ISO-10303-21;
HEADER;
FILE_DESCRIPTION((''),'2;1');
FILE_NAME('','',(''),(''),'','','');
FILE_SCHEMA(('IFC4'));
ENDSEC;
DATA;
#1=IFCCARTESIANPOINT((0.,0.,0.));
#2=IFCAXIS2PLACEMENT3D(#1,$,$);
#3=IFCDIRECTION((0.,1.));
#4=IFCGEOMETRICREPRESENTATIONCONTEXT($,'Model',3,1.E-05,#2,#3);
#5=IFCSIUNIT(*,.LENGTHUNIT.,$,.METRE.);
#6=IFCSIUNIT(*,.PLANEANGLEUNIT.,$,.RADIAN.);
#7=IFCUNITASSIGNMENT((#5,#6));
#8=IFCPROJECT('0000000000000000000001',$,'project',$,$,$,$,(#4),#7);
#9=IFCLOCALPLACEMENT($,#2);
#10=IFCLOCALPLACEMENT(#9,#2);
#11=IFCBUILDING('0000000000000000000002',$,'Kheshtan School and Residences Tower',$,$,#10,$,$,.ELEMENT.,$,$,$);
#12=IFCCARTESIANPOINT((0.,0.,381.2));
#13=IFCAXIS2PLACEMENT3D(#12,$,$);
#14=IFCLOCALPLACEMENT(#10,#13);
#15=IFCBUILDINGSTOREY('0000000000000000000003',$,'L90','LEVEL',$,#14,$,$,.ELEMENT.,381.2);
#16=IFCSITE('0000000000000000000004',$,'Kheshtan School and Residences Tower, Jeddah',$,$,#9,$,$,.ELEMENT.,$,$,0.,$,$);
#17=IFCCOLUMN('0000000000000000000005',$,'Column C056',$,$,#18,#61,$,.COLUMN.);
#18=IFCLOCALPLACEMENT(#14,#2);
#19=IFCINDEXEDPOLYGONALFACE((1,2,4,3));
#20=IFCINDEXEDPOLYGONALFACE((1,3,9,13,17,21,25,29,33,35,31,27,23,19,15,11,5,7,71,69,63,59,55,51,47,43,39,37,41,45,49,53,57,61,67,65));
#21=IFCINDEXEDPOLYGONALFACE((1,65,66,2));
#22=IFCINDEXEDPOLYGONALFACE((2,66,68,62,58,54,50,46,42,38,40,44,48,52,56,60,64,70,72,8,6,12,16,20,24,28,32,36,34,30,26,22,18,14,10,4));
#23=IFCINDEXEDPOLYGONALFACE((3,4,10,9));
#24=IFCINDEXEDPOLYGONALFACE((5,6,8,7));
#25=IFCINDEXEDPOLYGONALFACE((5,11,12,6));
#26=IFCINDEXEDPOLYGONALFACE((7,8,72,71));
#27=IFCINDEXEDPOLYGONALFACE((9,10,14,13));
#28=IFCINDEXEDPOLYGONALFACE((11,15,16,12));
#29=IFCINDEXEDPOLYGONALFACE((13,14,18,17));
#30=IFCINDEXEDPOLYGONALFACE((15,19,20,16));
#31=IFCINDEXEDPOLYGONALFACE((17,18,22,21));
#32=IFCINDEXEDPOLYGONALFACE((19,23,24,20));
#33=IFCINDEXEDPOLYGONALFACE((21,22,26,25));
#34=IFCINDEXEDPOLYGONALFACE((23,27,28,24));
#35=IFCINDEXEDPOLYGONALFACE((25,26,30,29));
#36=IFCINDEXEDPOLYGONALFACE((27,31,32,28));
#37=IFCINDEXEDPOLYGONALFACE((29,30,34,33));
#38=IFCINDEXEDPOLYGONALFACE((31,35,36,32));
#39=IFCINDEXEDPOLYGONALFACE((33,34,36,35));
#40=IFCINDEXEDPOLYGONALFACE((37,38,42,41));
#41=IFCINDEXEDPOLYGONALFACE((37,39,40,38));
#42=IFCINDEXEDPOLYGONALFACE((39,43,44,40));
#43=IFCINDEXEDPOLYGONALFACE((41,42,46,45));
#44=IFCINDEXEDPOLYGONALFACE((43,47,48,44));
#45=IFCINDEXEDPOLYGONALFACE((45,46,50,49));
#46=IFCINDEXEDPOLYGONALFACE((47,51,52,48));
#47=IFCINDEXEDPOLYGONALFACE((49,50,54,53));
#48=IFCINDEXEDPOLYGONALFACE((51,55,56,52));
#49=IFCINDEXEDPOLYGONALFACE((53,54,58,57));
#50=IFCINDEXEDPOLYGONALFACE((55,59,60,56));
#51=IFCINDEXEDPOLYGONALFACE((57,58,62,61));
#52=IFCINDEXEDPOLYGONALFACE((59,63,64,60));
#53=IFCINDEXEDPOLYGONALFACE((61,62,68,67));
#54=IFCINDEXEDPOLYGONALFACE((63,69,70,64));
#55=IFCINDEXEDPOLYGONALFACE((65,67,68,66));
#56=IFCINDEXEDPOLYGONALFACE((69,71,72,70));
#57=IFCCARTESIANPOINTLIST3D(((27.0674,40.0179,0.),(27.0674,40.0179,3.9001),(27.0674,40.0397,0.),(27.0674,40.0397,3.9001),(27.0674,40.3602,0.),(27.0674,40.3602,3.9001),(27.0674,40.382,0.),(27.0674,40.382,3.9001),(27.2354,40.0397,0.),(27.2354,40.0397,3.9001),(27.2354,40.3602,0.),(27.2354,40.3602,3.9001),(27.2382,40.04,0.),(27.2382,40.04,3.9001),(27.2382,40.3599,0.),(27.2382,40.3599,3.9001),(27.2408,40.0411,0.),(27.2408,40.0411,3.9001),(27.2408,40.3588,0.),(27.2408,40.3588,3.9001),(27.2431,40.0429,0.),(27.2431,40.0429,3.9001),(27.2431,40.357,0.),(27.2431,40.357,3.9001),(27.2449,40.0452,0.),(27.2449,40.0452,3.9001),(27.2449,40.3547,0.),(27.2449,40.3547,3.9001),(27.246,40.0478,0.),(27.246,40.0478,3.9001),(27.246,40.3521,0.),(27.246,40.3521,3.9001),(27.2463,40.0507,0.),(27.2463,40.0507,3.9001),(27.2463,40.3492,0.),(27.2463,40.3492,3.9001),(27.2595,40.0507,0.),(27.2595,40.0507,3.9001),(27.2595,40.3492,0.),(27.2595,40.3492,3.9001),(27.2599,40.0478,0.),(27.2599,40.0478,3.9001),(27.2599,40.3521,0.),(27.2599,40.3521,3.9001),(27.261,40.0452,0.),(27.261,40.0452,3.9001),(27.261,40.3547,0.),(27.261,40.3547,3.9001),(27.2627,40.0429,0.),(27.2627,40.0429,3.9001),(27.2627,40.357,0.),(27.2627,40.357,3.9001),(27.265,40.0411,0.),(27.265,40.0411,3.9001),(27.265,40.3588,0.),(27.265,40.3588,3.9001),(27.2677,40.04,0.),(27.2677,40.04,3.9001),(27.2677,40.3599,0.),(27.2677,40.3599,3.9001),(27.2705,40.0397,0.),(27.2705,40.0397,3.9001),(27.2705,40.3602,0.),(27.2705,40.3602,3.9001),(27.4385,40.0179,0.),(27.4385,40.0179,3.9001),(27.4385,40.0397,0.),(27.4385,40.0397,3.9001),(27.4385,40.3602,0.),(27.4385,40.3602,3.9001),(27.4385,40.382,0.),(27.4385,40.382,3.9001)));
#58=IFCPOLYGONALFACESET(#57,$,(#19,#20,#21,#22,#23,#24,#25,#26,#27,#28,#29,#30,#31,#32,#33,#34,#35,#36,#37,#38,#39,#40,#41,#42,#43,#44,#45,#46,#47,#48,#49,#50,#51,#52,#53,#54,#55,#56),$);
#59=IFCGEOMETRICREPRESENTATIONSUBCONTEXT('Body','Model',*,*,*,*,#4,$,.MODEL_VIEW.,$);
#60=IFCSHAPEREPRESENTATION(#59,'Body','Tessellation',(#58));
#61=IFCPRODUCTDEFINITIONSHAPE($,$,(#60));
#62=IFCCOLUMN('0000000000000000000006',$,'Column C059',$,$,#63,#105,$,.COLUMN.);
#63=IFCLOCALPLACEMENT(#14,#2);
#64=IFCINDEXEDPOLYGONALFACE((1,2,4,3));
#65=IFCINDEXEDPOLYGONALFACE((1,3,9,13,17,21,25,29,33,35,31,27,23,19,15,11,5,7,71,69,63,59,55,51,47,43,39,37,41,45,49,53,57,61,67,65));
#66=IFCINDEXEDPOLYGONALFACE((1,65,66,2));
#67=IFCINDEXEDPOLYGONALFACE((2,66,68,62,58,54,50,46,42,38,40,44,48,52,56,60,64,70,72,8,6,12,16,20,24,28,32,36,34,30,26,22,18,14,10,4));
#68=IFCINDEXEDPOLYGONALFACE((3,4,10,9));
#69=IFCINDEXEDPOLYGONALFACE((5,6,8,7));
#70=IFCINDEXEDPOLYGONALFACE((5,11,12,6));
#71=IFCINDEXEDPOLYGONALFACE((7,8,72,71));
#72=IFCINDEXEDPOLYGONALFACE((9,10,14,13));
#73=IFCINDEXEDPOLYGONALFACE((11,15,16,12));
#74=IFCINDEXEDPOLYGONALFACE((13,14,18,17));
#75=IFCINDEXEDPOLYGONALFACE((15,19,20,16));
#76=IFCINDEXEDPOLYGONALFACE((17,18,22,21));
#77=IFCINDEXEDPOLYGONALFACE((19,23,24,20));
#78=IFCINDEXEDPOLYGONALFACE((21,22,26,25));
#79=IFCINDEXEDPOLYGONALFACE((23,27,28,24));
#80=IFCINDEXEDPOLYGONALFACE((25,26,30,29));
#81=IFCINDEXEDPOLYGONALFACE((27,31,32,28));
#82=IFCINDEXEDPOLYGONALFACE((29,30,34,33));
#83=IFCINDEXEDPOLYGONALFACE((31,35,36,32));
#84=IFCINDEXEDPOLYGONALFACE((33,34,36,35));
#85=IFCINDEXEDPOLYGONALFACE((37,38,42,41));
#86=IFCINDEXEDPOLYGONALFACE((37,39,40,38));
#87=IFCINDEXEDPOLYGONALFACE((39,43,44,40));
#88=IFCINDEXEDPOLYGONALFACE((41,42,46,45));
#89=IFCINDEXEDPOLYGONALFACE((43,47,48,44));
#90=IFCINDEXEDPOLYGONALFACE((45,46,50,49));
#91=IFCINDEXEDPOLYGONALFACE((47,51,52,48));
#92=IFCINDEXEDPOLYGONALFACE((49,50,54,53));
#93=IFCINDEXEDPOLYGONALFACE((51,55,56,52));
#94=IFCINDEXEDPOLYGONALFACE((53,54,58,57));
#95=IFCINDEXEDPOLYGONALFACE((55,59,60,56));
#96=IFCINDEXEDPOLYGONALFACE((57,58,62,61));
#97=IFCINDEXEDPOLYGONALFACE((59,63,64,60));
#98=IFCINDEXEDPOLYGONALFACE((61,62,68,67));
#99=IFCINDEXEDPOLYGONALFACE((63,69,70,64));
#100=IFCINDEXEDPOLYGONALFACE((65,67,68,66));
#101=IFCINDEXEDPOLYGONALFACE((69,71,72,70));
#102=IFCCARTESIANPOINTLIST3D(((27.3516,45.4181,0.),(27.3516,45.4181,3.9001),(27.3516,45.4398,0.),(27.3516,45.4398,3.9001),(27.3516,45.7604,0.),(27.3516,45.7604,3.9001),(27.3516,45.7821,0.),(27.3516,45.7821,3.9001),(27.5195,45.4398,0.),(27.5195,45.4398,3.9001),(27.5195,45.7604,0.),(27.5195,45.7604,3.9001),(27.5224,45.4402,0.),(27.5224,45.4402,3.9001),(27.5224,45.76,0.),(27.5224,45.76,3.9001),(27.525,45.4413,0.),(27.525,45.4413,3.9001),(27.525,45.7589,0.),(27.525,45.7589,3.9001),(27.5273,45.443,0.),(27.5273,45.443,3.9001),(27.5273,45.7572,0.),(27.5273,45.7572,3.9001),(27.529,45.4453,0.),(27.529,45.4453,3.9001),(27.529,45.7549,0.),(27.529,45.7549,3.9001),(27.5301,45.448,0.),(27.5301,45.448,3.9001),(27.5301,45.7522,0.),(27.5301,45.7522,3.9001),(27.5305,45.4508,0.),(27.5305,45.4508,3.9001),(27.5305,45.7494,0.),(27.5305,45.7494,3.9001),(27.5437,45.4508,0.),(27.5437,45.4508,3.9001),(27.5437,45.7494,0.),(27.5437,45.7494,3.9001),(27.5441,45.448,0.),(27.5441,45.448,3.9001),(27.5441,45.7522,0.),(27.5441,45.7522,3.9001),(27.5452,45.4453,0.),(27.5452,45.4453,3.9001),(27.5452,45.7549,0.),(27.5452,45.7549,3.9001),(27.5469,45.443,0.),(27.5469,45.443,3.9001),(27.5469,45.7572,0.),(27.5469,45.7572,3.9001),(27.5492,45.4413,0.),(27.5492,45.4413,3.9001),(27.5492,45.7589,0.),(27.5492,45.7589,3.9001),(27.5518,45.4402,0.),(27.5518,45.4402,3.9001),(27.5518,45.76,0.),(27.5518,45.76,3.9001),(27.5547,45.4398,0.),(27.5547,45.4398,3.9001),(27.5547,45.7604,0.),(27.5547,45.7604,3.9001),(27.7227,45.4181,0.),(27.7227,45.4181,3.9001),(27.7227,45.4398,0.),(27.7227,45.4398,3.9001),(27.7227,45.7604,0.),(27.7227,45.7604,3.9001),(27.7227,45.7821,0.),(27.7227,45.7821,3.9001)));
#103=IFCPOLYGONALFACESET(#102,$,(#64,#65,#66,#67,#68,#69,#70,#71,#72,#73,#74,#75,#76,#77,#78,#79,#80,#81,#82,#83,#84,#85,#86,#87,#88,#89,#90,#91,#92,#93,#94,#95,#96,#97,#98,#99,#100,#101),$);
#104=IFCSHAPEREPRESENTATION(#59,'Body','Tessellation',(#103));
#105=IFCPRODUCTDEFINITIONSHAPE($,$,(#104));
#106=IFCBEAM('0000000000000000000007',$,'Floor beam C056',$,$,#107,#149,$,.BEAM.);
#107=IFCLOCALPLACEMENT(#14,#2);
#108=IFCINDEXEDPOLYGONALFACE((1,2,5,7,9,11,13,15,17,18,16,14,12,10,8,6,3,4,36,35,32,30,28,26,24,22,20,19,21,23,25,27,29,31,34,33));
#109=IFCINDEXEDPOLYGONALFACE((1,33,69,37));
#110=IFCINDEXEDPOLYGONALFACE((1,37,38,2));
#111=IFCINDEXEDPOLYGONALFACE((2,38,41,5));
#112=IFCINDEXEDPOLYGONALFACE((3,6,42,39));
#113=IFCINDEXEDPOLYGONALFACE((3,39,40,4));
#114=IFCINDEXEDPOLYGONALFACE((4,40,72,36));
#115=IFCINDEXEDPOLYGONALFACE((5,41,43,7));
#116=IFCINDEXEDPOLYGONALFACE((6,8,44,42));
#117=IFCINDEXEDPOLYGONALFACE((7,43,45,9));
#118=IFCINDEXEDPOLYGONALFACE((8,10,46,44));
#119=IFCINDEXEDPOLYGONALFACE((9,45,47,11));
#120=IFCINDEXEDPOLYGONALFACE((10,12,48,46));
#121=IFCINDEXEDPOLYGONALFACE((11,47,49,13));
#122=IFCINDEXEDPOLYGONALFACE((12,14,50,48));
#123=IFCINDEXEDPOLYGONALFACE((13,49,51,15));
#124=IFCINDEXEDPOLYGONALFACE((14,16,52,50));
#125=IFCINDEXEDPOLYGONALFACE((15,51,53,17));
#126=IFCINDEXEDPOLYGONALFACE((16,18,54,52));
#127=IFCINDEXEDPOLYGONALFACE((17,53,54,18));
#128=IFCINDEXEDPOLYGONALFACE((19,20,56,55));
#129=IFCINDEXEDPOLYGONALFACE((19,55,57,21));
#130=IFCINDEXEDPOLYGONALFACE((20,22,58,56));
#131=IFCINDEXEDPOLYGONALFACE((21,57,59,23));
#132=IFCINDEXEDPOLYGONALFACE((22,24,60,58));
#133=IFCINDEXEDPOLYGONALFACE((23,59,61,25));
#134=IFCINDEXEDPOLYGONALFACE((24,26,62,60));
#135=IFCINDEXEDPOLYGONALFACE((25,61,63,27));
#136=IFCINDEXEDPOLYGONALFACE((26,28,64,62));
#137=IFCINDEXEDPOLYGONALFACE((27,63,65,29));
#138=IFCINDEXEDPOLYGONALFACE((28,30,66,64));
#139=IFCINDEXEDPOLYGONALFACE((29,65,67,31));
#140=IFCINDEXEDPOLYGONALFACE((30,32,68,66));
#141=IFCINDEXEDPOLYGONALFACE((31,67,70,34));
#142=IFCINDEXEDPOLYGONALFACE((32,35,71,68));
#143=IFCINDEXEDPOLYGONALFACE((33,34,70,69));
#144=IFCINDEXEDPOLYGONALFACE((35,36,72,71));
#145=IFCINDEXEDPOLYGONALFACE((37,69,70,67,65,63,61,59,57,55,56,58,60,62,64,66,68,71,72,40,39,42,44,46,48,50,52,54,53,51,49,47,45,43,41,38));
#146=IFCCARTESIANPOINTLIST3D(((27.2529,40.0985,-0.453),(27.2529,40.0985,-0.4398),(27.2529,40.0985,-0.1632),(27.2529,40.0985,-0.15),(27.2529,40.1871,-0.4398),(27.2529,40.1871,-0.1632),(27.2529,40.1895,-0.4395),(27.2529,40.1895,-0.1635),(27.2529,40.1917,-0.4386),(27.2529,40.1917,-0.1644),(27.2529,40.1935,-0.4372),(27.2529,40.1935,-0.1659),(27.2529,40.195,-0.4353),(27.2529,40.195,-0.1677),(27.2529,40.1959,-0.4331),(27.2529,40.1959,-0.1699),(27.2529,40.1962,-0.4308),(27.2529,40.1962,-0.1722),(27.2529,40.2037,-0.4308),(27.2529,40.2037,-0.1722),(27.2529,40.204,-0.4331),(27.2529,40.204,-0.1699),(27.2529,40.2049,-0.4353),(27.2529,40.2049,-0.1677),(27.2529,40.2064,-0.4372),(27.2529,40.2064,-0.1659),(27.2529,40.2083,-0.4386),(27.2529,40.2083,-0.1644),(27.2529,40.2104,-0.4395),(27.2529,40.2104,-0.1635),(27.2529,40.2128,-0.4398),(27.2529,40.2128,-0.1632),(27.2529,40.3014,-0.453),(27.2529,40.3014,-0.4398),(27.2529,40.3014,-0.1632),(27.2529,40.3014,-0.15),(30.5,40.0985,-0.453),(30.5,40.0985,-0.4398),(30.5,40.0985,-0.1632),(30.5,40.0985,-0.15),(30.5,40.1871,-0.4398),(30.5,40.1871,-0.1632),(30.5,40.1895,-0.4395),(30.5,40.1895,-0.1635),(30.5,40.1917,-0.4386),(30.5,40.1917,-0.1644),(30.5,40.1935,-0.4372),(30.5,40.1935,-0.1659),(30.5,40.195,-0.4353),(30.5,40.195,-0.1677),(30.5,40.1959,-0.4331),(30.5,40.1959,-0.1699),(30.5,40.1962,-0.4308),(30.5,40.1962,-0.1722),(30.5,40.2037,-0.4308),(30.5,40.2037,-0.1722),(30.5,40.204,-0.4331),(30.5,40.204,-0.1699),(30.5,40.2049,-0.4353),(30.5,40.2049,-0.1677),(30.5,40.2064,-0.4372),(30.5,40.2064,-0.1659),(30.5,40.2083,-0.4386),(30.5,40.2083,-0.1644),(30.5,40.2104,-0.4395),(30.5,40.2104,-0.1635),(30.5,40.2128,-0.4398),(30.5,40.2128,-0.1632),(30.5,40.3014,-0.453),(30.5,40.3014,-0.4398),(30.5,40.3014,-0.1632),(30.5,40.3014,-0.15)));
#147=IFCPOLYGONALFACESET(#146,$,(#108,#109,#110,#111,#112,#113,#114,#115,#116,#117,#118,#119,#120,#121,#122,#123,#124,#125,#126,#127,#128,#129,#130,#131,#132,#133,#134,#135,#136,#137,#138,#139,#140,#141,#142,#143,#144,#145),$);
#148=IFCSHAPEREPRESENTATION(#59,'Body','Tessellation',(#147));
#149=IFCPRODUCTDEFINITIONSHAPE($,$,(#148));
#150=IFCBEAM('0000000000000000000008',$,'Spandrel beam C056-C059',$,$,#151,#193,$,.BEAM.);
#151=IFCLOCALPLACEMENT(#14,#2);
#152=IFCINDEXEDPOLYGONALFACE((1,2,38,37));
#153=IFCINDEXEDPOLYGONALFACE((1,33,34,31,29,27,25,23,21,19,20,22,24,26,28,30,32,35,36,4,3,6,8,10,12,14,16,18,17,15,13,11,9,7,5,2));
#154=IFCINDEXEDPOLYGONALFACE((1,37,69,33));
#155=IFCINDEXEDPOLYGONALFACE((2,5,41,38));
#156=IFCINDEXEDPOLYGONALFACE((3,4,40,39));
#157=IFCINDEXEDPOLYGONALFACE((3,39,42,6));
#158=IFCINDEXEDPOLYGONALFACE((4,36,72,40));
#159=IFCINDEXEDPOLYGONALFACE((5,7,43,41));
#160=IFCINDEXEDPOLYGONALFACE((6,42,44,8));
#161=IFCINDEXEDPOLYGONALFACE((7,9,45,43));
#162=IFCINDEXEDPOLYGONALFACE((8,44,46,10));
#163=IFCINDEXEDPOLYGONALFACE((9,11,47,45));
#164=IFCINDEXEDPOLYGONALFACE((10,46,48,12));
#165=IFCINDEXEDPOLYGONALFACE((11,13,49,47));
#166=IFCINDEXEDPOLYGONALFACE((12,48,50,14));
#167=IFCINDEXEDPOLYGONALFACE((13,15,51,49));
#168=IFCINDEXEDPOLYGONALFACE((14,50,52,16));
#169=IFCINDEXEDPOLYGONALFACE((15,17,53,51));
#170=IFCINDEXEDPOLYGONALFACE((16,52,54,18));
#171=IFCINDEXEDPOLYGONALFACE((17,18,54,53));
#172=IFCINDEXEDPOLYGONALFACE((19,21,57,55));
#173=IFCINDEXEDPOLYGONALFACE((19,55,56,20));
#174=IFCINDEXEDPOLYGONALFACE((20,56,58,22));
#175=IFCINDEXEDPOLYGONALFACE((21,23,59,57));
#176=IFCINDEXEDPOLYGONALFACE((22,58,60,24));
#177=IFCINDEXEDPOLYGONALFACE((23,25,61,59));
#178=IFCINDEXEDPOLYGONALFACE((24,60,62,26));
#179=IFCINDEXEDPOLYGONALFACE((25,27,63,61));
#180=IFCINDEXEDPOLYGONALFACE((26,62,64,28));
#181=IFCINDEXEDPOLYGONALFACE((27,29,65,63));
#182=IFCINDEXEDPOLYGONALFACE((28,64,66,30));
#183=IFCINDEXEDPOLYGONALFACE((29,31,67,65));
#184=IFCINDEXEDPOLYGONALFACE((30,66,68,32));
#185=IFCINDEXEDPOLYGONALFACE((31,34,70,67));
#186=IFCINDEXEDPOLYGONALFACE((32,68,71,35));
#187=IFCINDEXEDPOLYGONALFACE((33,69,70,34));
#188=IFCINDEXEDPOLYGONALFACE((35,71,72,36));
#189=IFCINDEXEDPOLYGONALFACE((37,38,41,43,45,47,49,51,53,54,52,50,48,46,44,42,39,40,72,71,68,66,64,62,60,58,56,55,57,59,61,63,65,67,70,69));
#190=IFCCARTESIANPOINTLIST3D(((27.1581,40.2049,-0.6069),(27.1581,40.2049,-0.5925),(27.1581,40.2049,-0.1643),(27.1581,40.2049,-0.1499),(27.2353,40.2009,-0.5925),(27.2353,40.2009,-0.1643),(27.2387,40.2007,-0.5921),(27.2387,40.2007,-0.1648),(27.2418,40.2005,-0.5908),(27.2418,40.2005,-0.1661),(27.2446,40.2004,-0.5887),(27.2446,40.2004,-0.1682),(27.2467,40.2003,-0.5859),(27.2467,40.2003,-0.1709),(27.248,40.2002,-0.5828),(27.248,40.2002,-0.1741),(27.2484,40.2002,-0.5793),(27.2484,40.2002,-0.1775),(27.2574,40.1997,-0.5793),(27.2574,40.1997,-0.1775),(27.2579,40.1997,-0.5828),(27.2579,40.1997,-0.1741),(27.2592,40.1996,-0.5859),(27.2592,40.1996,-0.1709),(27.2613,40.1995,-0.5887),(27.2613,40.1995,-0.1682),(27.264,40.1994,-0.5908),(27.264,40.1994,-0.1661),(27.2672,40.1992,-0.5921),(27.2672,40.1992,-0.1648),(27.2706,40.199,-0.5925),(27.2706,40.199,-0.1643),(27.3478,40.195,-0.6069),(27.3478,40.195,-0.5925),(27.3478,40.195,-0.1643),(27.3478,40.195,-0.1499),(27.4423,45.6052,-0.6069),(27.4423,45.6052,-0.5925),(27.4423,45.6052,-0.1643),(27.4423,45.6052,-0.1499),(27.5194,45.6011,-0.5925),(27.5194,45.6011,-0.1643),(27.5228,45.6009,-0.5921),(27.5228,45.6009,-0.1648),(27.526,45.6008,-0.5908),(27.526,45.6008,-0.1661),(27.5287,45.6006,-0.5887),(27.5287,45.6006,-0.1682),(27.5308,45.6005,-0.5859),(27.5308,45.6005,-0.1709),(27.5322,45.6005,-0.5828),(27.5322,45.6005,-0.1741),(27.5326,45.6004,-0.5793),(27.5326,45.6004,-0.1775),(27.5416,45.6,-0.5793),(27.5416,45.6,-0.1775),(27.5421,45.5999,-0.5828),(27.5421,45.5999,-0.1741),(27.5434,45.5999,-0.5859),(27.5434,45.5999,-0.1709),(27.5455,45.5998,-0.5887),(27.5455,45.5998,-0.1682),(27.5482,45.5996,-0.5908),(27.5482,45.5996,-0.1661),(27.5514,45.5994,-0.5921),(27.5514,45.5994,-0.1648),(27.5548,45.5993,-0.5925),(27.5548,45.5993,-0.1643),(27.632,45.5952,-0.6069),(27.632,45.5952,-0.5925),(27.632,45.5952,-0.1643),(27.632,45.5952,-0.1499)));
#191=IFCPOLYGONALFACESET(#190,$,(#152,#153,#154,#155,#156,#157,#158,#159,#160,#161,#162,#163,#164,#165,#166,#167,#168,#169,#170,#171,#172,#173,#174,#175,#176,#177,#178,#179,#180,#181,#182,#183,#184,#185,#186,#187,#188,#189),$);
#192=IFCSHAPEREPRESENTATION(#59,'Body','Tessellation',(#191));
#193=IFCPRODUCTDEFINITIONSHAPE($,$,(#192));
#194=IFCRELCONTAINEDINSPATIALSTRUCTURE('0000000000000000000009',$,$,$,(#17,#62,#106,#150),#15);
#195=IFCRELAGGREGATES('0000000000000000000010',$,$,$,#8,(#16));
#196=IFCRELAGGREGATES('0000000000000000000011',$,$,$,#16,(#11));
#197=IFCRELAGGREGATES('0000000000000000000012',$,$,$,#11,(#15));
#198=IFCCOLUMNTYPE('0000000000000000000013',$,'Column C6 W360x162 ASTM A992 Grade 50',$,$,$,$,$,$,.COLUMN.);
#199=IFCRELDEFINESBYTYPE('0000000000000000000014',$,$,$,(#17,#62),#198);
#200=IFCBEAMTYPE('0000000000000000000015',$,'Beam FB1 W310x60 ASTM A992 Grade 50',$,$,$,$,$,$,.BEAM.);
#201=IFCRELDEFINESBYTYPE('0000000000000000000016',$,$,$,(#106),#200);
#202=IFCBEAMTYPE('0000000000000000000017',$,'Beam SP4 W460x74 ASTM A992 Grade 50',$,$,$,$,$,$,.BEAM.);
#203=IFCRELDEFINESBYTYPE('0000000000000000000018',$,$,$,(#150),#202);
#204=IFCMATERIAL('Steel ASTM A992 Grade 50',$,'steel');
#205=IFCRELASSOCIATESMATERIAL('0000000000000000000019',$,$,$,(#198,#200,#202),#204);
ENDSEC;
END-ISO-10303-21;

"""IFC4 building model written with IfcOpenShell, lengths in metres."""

from ifc_helpers import new_model, si_unit, direction, frame, origin, origin_2d, place, context, subcontext, project, spatial, i_section, extrude, material, material_profile, profile_set, type_object, element, save


model = new_model("IFC4")

# Units and contexts
model_context = context("Model", 3, precision=1e-05, world=origin(), true_north=direction((0.0, 1.0)))
body_context = subcontext(model_context, "Body", "Model", "MODEL_VIEW")
ifc_project = project(units=[si_unit("LENGTHUNIT", "METRE"), si_unit("PLANEANGLEUNIT", "RADIAN")], contexts=[model_context])

# Site, building, storey
site_placement = place(None, origin())
site = spatial("IfcSite", under=ifc_project, at=site_placement, Name="Kheshtan School and Residences Tower, Jeddah", CompositionType="ELEMENT", RefElevation=0.0)
building_placement = place(site_placement, origin())
building = spatial("IfcBuilding", under=site, at=building_placement, Name="Kheshtan School and Residences Tower", CompositionType="ELEMENT")
storey_placement = place(building_placement, frame((0.0, 0.0, 381.2)))
storey = spatial("IfcBuildingStorey", under=building, at=storey_placement, Name="L90", Description="LEVEL", CompositionType="ELEMENT", Elevation=381.2)

# Columns
ifc_material_1 = material(Name="Steel ASTM A992 Grade 50", Category="steel")
ifc_material_profile_1 = material_profile(ifc_material_1, i_section(OverallWidth=0.3711, OverallDepth=0.364, WebThickness=0.0132, FlangeThickness=0.0217, FilletRadius=0.011, at=origin_2d()), Name="W360x162")
ifc_profile_set_1 = profile_set([ifc_material_profile_1], Name="Steel ASTM A992 Grade 50")
column_type = type_object("IfcColumnType", Name="Column C6 W360x162 ASTM A992 Grade 50", PredefinedType="COLUMN", material=ifc_profile_set_1)
for number, where, z_axis, x_axis, name in (
    (1, (27.2529, 40.2, 0.0), (0.0, 0.0, 1.0), (1.0, 0.0, 0.0), "Column C056"),
    (2, (27.5371, 45.6001, 0.0), (0.0, 0.0, 1.0), (1.0, 0.0, 0.0), "Column C059"),
):
    element("IfcColumn", number, at=place(storey_placement, frame(where, z_axis=z_axis, x_axis=x_axis)), inside=storey, type_object=column_type, Name=name, PredefinedType="COLUMN", context=body_context, shape_type="SweptSolid", body=[
        extrude(i_section(OverallWidth=0.3711, OverallDepth=0.364, WebThickness=0.0132, FlangeThickness=0.0217, FilletRadius=0.011, at=origin_2d()), origin(), (0.0, 0.0, 1.0), 3.9001),
    ])

# Beams
ifc_material_profile_2 = material_profile(ifc_material_1, i_section(OverallWidth=0.2029, OverallDepth=0.303, WebThickness=0.0076, FlangeThickness=0.0132, FilletRadius=0.009, at=origin_2d()), Name="W310x60")
ifc_profile_set_2 = profile_set([ifc_material_profile_2], Name="Steel ASTM A992 Grade 50")
beam_type_1 = type_object("IfcBeamType", Name="Beam FB1 W310x60 ASTM A992 Grade 50", PredefinedType="BEAM", material=ifc_profile_set_2)
beam_1_placement = place(storey_placement, frame((27.2529, 40.2, -0.3015), z_axis=(1.0, 0.0, 0.0), x_axis=(0.0, 1.0, 0.0)))
element("IfcBeam", 3, at=beam_1_placement, inside=storey, type_object=beam_type_1, Name="Floor beam C056", PredefinedType="BEAM", context=body_context, shape_type="SweptSolid", body=[
    extrude(i_section(OverallWidth=0.2029, OverallDepth=0.303, WebThickness=0.0076, FlangeThickness=0.0132, FilletRadius=0.009, at=origin_2d()), origin(), (0.0, 0.0, 1.0), 3.2471),
])
ifc_material_profile_3 = material_profile(ifc_material_1, i_section(OverallWidth=0.1899, OverallDepth=0.457, WebThickness=0.009, FlangeThickness=0.0144, FilletRadius=0.0132, at=origin_2d()), Name="W460x74")
ifc_profile_set_3 = profile_set([ifc_material_profile_3], Name="Steel ASTM A992 Grade 50")
beam_type_2 = type_object("IfcBeamType", Name="Beam SP4 W460x74 ASTM A992 Grade 50", PredefinedType="BEAM", material=ifc_profile_set_3)
beam_2_placement = place(storey_placement, frame((27.2529, 40.2, -0.3784), z_axis=(0.052552, 0.998618, 0.0), x_axis=(-0.998618, 0.052552, 0.0)))
element("IfcBeam", 4, at=beam_2_placement, inside=storey, type_object=beam_type_2, Name="Spandrel beam C056-C059", PredefinedType="BEAM", context=body_context, shape_type="SweptSolid", body=[
    extrude(i_section(OverallWidth=0.1899, OverallDepth=0.457, WebThickness=0.009, FlangeThickness=0.0144, FilletRadius=0.0132, at=origin_2d()), origin(), (0.0, 0.0, 1.0), 5.4077),
])

save(model, "model.ifc")
